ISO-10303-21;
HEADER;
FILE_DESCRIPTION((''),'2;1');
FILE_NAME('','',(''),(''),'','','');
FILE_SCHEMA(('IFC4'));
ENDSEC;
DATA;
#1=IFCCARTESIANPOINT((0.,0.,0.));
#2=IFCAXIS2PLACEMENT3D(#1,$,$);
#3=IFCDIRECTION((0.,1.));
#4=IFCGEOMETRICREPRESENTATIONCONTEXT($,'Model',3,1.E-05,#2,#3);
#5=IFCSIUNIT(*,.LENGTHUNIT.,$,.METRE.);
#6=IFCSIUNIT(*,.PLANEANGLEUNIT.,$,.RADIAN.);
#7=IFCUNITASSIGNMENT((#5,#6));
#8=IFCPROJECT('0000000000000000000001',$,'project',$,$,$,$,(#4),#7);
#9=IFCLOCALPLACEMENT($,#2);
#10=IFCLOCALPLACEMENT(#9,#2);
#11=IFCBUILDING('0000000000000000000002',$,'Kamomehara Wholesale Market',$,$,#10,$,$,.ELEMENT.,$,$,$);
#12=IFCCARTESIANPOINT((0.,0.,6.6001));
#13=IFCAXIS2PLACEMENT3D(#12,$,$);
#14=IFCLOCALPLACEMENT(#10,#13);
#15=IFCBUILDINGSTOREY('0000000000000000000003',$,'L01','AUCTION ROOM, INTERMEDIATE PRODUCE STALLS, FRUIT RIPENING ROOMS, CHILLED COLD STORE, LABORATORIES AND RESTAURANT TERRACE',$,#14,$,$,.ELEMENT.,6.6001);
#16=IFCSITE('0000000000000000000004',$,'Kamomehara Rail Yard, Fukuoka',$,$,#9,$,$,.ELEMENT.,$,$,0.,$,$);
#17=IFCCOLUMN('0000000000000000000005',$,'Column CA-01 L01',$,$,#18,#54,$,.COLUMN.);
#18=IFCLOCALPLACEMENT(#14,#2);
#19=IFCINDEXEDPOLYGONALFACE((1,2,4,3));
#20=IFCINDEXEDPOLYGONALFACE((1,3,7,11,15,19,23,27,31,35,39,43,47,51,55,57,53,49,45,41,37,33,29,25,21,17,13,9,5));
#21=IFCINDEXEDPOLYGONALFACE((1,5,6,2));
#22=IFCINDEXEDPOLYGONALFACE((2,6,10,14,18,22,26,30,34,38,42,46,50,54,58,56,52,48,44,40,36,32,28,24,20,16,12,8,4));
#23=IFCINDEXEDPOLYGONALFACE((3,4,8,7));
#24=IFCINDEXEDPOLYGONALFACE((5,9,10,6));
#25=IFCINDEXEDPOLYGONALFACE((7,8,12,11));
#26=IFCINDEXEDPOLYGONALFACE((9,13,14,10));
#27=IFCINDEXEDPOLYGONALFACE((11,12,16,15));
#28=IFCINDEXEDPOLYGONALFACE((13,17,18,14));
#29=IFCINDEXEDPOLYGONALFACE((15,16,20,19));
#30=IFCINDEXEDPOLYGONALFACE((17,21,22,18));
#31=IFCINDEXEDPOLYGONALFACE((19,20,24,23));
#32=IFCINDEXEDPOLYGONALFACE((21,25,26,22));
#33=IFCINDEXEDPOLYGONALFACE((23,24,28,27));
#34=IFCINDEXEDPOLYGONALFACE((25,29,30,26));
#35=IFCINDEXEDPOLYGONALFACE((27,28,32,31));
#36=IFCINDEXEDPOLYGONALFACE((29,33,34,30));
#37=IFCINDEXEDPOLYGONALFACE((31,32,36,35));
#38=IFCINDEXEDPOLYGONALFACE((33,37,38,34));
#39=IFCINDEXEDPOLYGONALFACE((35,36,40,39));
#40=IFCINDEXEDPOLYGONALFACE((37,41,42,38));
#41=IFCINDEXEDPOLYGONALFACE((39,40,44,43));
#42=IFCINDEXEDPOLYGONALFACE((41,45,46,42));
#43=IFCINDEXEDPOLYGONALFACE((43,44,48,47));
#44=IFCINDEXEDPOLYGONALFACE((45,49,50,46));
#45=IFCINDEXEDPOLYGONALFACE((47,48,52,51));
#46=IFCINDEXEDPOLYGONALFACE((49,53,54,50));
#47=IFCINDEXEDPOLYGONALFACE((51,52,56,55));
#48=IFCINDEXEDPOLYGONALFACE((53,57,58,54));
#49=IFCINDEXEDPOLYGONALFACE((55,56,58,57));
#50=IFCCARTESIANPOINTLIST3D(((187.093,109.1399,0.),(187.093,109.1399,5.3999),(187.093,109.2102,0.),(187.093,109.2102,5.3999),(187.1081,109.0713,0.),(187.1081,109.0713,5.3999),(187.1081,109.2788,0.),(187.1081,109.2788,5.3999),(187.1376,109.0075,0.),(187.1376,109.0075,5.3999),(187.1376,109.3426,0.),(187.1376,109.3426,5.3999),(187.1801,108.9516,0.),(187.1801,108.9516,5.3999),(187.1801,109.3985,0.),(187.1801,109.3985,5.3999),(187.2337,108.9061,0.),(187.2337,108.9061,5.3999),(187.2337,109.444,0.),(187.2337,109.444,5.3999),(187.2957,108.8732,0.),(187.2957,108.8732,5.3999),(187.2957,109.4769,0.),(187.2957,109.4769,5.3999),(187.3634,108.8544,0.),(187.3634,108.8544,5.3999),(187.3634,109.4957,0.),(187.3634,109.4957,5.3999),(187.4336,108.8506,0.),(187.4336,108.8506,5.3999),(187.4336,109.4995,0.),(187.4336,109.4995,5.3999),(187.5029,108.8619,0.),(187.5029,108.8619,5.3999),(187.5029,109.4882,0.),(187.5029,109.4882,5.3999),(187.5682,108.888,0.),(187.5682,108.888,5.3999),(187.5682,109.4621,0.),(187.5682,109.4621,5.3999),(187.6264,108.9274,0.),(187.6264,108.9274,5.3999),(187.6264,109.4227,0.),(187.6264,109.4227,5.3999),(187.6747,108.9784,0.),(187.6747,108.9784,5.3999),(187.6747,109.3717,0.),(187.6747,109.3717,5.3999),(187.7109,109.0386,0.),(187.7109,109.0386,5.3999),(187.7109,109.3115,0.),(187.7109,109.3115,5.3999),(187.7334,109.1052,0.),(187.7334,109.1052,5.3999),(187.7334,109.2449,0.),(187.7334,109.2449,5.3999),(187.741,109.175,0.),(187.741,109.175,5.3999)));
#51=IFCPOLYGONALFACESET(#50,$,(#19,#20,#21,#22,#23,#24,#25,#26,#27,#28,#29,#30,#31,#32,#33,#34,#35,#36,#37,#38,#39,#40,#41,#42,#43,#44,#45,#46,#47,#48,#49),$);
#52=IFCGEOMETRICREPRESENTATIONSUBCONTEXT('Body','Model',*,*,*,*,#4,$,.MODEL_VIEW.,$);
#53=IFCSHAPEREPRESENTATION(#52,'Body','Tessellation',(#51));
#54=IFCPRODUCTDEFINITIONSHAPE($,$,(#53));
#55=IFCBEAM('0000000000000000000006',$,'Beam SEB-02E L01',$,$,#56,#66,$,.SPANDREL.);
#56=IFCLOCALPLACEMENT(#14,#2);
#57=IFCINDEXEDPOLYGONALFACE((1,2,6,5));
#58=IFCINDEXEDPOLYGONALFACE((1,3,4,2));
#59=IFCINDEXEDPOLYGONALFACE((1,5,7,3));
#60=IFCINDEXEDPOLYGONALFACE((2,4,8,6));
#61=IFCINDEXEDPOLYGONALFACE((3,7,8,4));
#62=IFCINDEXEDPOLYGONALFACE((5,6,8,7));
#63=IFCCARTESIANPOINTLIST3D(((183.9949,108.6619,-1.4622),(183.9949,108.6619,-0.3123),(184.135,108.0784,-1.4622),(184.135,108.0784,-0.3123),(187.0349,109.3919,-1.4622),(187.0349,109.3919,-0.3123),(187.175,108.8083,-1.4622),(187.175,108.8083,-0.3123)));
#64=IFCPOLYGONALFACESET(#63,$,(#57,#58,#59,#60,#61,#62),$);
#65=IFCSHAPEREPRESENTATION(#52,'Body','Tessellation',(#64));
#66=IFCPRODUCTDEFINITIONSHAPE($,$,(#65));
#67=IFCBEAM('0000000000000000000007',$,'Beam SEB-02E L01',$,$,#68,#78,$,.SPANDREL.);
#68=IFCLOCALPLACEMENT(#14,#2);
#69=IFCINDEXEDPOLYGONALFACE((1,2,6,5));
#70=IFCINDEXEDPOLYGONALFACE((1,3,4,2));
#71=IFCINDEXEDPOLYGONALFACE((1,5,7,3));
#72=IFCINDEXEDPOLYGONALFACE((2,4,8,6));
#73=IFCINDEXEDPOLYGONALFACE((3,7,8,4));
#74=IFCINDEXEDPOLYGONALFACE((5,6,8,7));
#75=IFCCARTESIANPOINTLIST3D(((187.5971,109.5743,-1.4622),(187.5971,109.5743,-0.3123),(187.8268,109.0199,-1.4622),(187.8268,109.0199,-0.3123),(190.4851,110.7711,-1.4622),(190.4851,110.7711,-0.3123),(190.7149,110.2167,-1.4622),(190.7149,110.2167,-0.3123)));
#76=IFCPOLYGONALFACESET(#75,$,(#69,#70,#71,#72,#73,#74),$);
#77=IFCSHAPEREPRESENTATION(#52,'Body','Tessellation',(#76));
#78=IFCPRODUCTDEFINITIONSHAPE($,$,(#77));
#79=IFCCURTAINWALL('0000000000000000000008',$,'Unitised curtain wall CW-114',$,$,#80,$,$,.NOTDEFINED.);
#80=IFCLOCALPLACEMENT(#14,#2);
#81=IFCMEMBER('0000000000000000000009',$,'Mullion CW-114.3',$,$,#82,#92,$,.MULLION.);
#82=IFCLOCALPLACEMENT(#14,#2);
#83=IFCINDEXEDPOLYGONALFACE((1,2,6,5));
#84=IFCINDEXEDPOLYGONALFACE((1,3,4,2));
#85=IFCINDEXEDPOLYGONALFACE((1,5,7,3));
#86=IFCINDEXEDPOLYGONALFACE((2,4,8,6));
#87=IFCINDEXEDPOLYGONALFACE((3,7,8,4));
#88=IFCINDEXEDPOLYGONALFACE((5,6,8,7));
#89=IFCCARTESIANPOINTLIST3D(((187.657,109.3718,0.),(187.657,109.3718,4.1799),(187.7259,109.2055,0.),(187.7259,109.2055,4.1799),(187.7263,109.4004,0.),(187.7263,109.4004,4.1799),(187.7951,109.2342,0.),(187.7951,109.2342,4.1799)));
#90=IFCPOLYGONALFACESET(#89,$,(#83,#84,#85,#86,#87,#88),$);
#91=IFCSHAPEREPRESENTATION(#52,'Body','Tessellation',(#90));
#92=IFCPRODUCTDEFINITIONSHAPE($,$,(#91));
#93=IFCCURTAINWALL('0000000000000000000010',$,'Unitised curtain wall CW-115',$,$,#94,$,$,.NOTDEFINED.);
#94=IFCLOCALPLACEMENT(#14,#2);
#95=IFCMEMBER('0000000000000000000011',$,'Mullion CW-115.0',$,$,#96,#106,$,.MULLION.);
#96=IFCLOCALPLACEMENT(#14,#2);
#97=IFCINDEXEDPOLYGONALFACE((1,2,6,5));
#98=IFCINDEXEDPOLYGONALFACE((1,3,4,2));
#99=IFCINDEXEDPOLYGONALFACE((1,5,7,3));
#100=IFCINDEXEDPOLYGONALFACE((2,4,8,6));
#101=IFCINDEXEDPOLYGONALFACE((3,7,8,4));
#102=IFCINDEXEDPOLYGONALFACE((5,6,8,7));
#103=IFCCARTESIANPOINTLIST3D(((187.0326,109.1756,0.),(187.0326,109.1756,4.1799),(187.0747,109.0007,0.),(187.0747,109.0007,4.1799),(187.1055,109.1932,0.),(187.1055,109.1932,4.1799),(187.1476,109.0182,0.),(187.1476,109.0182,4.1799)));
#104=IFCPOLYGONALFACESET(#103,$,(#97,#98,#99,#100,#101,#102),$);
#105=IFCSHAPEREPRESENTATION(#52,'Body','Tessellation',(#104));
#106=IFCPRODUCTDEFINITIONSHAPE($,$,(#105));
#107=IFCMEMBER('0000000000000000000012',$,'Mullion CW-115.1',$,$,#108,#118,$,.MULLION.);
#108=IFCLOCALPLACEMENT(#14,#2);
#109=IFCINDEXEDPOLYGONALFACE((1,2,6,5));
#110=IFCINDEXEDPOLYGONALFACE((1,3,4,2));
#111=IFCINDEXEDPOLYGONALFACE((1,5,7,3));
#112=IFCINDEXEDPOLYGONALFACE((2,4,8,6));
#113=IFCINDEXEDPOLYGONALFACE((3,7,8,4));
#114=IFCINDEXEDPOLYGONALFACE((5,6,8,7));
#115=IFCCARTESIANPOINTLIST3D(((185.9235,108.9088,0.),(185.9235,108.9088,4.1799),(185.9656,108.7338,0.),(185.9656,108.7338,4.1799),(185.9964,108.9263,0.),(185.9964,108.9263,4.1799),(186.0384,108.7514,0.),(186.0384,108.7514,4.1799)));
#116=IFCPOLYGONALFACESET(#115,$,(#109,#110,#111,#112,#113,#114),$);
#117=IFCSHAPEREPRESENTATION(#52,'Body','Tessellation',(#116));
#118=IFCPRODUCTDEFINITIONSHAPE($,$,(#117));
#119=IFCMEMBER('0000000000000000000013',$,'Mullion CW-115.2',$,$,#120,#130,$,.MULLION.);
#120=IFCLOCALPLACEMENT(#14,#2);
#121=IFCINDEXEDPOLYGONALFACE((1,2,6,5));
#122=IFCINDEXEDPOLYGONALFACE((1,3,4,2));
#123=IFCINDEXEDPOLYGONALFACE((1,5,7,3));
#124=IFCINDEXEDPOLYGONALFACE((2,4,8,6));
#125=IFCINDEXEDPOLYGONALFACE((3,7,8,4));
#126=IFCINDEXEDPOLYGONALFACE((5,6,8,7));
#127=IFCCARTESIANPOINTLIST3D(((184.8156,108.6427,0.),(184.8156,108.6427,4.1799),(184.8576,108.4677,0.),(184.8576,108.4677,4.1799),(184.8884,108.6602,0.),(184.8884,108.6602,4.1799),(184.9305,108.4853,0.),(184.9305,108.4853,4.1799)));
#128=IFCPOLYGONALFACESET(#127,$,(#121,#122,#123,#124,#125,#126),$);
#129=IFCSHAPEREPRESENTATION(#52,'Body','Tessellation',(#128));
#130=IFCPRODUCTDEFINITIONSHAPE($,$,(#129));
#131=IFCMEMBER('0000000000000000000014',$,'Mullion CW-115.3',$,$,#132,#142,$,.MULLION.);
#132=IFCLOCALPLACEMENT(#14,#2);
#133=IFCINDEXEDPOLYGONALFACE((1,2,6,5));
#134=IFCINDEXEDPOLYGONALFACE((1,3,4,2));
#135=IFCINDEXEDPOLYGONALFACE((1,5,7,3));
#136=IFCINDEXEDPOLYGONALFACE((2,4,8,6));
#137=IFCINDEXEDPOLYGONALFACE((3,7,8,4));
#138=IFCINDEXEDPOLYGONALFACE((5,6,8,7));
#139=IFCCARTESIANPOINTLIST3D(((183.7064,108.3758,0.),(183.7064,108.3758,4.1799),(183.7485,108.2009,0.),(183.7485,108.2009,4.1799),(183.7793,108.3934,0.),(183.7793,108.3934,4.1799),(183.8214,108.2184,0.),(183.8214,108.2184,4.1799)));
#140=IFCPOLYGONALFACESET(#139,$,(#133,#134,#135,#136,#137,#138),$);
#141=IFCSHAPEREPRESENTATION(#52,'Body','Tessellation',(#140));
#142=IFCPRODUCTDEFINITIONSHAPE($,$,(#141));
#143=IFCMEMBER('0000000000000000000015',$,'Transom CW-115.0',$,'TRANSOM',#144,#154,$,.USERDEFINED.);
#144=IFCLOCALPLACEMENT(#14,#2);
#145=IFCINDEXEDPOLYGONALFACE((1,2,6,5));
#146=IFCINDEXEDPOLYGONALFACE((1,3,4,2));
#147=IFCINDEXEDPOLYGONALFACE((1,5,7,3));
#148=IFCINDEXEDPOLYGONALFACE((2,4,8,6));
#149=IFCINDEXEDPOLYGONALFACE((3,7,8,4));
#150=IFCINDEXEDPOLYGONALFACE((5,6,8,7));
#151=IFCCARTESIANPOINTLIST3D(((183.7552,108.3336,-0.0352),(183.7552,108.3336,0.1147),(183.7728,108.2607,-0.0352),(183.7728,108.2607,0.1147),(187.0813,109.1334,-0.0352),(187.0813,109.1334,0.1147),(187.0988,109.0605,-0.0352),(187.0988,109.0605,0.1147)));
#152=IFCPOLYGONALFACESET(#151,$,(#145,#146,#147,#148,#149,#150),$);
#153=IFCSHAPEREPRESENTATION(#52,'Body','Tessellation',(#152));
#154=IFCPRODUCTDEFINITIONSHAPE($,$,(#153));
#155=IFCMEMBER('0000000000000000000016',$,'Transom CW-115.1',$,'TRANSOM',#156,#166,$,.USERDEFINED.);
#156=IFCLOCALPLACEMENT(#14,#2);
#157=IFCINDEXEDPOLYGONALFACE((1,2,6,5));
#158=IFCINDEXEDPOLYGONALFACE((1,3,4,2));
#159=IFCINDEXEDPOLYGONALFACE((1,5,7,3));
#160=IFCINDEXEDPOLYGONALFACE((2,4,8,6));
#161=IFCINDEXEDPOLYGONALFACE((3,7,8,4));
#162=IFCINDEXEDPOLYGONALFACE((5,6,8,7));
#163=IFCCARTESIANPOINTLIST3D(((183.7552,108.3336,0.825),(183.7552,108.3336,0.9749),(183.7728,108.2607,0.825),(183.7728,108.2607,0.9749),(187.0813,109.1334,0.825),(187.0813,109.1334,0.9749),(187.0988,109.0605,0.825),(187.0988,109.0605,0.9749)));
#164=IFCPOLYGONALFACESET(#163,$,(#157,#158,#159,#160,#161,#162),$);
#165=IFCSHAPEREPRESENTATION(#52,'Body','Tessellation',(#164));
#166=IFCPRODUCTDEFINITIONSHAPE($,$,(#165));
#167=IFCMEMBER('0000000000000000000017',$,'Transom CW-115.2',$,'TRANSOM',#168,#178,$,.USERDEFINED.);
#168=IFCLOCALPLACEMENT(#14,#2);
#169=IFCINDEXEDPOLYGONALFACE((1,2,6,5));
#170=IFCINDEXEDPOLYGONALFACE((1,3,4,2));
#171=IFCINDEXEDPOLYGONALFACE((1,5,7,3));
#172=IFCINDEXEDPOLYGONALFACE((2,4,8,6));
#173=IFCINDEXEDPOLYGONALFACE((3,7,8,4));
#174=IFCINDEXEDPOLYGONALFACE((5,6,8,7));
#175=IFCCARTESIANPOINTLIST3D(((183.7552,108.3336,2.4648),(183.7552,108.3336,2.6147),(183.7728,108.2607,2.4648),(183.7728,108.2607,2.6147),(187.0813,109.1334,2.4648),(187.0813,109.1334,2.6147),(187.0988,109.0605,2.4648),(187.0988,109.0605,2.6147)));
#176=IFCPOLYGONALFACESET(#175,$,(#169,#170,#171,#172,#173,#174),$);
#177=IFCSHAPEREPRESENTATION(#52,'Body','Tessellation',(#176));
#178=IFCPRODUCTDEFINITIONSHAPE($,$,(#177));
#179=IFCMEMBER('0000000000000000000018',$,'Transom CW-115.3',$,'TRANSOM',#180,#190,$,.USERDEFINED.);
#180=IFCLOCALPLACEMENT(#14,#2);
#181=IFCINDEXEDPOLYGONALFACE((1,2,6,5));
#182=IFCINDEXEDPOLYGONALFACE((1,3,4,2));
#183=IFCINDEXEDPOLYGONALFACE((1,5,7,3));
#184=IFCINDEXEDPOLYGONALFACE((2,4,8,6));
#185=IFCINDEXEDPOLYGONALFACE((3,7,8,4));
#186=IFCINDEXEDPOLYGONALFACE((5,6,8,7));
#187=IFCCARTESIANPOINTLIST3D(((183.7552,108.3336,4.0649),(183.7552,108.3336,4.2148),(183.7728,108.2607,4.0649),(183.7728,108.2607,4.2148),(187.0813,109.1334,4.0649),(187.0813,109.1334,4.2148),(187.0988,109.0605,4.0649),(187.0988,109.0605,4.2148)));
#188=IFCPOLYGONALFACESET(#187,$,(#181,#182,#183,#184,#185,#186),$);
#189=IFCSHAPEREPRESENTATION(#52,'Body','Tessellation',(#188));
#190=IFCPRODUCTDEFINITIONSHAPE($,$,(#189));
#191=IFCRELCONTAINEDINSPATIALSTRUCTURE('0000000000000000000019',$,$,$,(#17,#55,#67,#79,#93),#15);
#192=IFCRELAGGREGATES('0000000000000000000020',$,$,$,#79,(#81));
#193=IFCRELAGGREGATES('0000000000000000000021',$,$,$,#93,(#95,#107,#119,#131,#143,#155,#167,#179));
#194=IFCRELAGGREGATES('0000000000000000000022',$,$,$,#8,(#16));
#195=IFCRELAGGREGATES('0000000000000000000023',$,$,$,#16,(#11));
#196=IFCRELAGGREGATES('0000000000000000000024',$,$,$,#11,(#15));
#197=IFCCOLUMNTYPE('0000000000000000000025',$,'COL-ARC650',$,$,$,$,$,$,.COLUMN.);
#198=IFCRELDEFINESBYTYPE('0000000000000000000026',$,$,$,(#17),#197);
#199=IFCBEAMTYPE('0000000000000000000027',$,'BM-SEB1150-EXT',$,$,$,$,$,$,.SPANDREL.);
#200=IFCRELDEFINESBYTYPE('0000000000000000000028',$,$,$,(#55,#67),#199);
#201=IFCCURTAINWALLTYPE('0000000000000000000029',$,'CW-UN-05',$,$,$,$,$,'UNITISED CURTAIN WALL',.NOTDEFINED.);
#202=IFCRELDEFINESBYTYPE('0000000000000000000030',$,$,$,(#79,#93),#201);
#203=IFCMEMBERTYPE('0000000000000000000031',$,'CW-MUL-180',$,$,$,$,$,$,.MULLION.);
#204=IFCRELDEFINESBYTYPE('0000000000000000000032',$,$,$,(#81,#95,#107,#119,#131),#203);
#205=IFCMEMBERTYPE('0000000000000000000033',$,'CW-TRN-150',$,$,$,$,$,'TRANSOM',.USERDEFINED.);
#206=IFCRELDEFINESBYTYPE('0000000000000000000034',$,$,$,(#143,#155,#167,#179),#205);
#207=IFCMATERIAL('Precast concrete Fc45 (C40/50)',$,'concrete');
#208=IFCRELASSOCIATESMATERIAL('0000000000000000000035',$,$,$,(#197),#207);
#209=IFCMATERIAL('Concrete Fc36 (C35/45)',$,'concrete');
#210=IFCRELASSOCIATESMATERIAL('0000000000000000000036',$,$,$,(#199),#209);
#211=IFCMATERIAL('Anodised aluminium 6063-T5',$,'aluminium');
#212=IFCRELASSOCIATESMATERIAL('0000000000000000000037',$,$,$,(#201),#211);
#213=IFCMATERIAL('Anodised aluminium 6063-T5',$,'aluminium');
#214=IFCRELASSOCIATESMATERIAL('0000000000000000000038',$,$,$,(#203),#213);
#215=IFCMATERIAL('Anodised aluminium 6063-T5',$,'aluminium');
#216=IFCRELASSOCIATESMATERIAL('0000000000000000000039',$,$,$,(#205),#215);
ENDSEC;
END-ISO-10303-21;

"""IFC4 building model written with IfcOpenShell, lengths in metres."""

from ifc_helpers import new_model, si_unit, direction, frame, origin, origin_2d, place, context, subcontext, project, spatial, rectangle, circle, extrude, material, material_profile, profile_set, type_object, element, aggregate, save


model = new_model("IFC4")

# Units and contexts
model_context = context("Model", 3, precision=1e-05, world=origin(), true_north=direction((0.0, 1.0)))
body_context = subcontext(model_context, "Body", "Model", "MODEL_VIEW")
ifc_project = project(units=[si_unit("LENGTHUNIT", "METRE"), si_unit("PLANEANGLEUNIT", "RADIAN")], contexts=[model_context])

# Site, building, storey
site_placement = place(None, origin())
site = spatial("IfcSite", under=ifc_project, at=site_placement, Name="Kamomehara Rail Yard, Fukuoka", CompositionType="ELEMENT", RefElevation=0.0)
building_placement = place(site_placement, origin())
building = spatial("IfcBuilding", under=site, at=building_placement, Name="Kamomehara Wholesale Market", CompositionType="ELEMENT")
storey_placement = place(building_placement, frame((0.0, 0.0, 6.6001)))
storey = spatial("IfcBuildingStorey", under=building, at=storey_placement, Name="L01", Description="AUCTION ROOM, INTERMEDIATE PRODUCE STALLS, FRUIT RIPENING ROOMS, CHILLED COLD STORE, LABORATORIES AND RESTAURANT TERRACE", CompositionType="ELEMENT", Elevation=6.6001)

# Column
ifc_material_1 = material(Name="Precast concrete Fc45 (C40/50)", Category="concrete")
ifc_material_profile_1 = material_profile(ifc_material_1, circle(Radius=0.325, at=origin_2d()), Name="PC-ARC-D650")
ifc_profile_set_1 = profile_set([ifc_material_profile_1], Name="Precast concrete Fc45 (C40/50)")
column_type = type_object("IfcColumnType", Name="COL-ARC650", PredefinedType="COLUMN", material=ifc_profile_set_1)
column_placement = place(storey_placement, frame((187.416, 109.175, 0.0), z_axis=(0.0, 0.0, 1.0), x_axis=(1.0, 0.0, 0.0)))
element("IfcColumn", 1, at=column_placement, inside=storey, type_object=column_type, Name="Column CA-01 L01", PredefinedType="COLUMN", context=body_context, shape_type="SweptSolid", body=[
    extrude(circle(Radius=0.325, at=origin_2d()), origin(), (0.0, 0.0, 1.0), 5.3999),
])

# Beams
ifc_material_2 = material(Name="Concrete Fc36 (C35/45)", Category="concrete")
ifc_material_profile_2 = material_profile(ifc_material_2, rectangle(XDim=0.6001, YDim=1.1499, at=origin_2d()), Name="RC-SEB-600x1150")
ifc_profile_set_2 = profile_set([ifc_material_profile_2], Name="Concrete Fc36 (C35/45)")
beam_type = type_object("IfcBeamType", Name="BM-SEB1150-EXT", PredefinedType="SPANDREL", material=ifc_profile_set_2)
beam_1_placement = place(storey_placement, frame((184.0649, 108.3701, -0.8872), z_axis=(0.97236, 0.233485, 0.0), x_axis=(-0.233485, 0.97236, 0.0)))
element("IfcBeam", 2, at=beam_1_placement, inside=storey, type_object=beam_type, Name="Beam SEB-02E L01", PredefinedType="SPANDREL", context=body_context, shape_type="SweptSolid", body=[
    extrude(rectangle(XDim=0.6001, YDim=1.1499, at=origin_2d()), origin(), (0.0, 0.0, 1.0), 3.1265),
])
beam_2_placement = place(storey_placement, frame((187.7119, 109.2971, -0.8872), z_axis=(0.923828, 0.382807, 0.0), x_axis=(-0.382807, 0.923828, 0.0)))
element("IfcBeam", 3, at=beam_2_placement, inside=storey, type_object=beam_type, Name="Beam SEB-02E L01", PredefinedType="SPANDREL", context=body_context, shape_type="SweptSolid", body=[
    extrude(rectangle(XDim=0.6001, YDim=1.1499, at=origin_2d()), origin(), (0.0, 0.0, 1.0), 3.1262),
])

# Curtain wall, member
ifc_material_3 = material(Name="Anodised aluminium 6063-T5", Category="aluminium")
curtain_wall_type = type_object("IfcCurtainWallType", Name="CW-UN-05", ElementType="UNITISED CURTAIN WALL", PredefinedType="NOTDEFINED", material=ifc_material_3)
curtain_wall_1_placement = place(storey_placement, origin())
curtain_wall_1 = element("IfcCurtainWall", 4, at=curtain_wall_1_placement, inside=storey, type_object=curtain_wall_type, Name="Unitised curtain wall CW-114", PredefinedType="NOTDEFINED")
ifc_material_4 = material(Name="Anodised aluminium 6063-T5", Category="aluminium")
ifc_material_profile_3 = material_profile(ifc_material_4, rectangle(XDim=0.075, YDim=0.1799, at=origin_2d()), Name="ALU-MUL-75x180")
ifc_profile_set_3 = profile_set([ifc_material_profile_3], Name="Anodised aluminium 6063-T5")
member_type_1 = type_object("IfcMemberType", Name="CW-MUL-180", PredefinedType="MULLION", material=ifc_profile_set_3)
member_1_placement = place(storey_placement, frame((187.7261, 109.303, 0.0), z_axis=(0.0, 0.0, 1.0), x_axis=(-0.923914, -0.382601, 0.0)))
member_1 = element("IfcMember", 5, at=member_1_placement, type_object=member_type_1, Name="Mullion CW-114.3", PredefinedType="MULLION", context=body_context, shape_type="SweptSolid", body=[
    extrude(rectangle(XDim=0.075, YDim=0.1799, at=origin_2d()), origin(), (0.0, 0.0, 1.0), 4.1799),
])

# Curtain wall, members
curtain_wall_2_placement = place(storey_placement, origin())
curtain_wall_2 = element("IfcCurtainWall", 6, at=curtain_wall_2_placement, inside=storey, type_object=curtain_wall_type, Name="Unitised curtain wall CW-115", PredefinedType="NOTDEFINED")
member_2_placement = place(storey_placement, frame((187.0901, 109.0969, 0.0), z_axis=(0.0, 0.0, 1.0), x_axis=(-0.97227, -0.233859, 0.0)))
member_2 = element("IfcMember", 7, at=member_2_placement, type_object=member_type_1, Name="Mullion CW-115.0", PredefinedType="MULLION", context=body_context, shape_type="SweptSolid", body=[
    extrude(rectangle(XDim=0.075, YDim=0.1799, at=origin_2d()), origin(), (0.0, 0.0, 1.0), 4.1799),
])
member_3_placement = place(storey_placement, frame((185.981, 108.8301, 0.0), z_axis=(0.0, 0.0, 1.0), x_axis=(-0.97227, -0.233859, 0.0)))
member_3 = element("IfcMember", 8, at=member_3_placement, type_object=member_type_1, Name="Mullion CW-115.1", PredefinedType="MULLION", context=body_context, shape_type="SweptSolid", body=[
    extrude(rectangle(XDim=0.075, YDim=0.1799, at=origin_2d()), origin(), (0.0, 0.0, 1.0), 4.1799),
])
member_4_placement = place(storey_placement, frame((184.873, 108.564, 0.0), z_axis=(0.0, 0.0, 1.0), x_axis=(-0.97227, -0.233859, 0.0)))
member_4 = element("IfcMember", 9, at=member_4_placement, type_object=member_type_1, Name="Mullion CW-115.2", PredefinedType="MULLION", context=body_context, shape_type="SweptSolid", body=[
    extrude(rectangle(XDim=0.075, YDim=0.1799, at=origin_2d()), origin(), (0.0, 0.0, 1.0), 4.1799),
])
member_5_placement = place(storey_placement, frame((183.7639, 108.2971, 0.0), z_axis=(0.0, 0.0, 1.0), x_axis=(-0.97227, -0.233859, 0.0)))
member_5 = element("IfcMember", 10, at=member_5_placement, type_object=member_type_1, Name="Mullion CW-115.3", PredefinedType="MULLION", context=body_context, shape_type="SweptSolid", body=[
    extrude(rectangle(XDim=0.075, YDim=0.1799, at=origin_2d()), origin(), (0.0, 0.0, 1.0), 4.1799),
])
ifc_material_5 = material(Name="Anodised aluminium 6063-T5", Category="aluminium")
ifc_material_profile_4 = material_profile(ifc_material_5, rectangle(XDim=0.075, YDim=0.1499, at=origin_2d()), Name="ALU-TRN-75x150")
ifc_profile_set_4 = profile_set([ifc_material_profile_4], Name="Anodised aluminium 6063-T5")
member_type_2 = type_object("IfcMemberType", Name="CW-TRN-150", ElementType="TRANSOM", PredefinedType="USERDEFINED", material=ifc_profile_set_4)
member_6_placement = place(storey_placement, frame((187.0901, 109.0969, 0.0398), z_axis=(-0.972286, -0.233794, 0.0), x_axis=(0.233794, -0.972286, 0.0)))
member_6 = element("IfcMember", 11, at=member_6_placement, type_object=member_type_2, Name="Transom CW-115.0", ObjectType="TRANSOM", PredefinedType="USERDEFINED", context=body_context, shape_type="SweptSolid", body=[
    extrude(rectangle(XDim=0.075, YDim=0.1499, at=origin_2d()), origin(), (0.0, 0.0, 1.0), 3.4209),
])
member_7_placement = place(storey_placement, frame((187.0901, 109.0969, 0.8999), z_axis=(-0.972286, -0.233794, 0.0), x_axis=(0.233794, -0.972286, 0.0)))
member_7 = element("IfcMember", 12, at=member_7_placement, type_object=member_type_2, Name="Transom CW-115.1", ObjectType="TRANSOM", PredefinedType="USERDEFINED", context=body_context, shape_type="SweptSolid", body=[
    extrude(rectangle(XDim=0.075, YDim=0.1499, at=origin_2d()), origin(), (0.0, 0.0, 1.0), 3.4209),
])
member_8_placement = place(storey_placement, frame((187.0901, 109.0969, 2.5398), z_axis=(-0.972286, -0.233794, 0.0), x_axis=(0.233794, -0.972286, 0.0)))
member_8 = element("IfcMember", 13, at=member_8_placement, type_object=member_type_2, Name="Transom CW-115.2", ObjectType="TRANSOM", PredefinedType="USERDEFINED", context=body_context, shape_type="SweptSolid", body=[
    extrude(rectangle(XDim=0.075, YDim=0.1499, at=origin_2d()), origin(), (0.0, 0.0, 1.0), 3.4209),
])
member_9_placement = place(storey_placement, frame((187.0901, 109.0969, 4.1399), z_axis=(-0.972286, -0.233794, 0.0), x_axis=(0.233794, -0.972286, 0.0)))
member_9 = element("IfcMember", 14, at=member_9_placement, type_object=member_type_2, Name="Transom CW-115.3", ObjectType="TRANSOM", PredefinedType="USERDEFINED", context=body_context, shape_type="SweptSolid", body=[
    extrude(rectangle(XDim=0.075, YDim=0.1499, at=origin_2d()), origin(), (0.0, 0.0, 1.0), 3.4209),
])

aggregate(curtain_wall_1, [member_1])
aggregate(curtain_wall_2, [member_2, member_3, member_4, member_5, member_6, member_7, member_8, member_9])

save(model, "model.ifc")
